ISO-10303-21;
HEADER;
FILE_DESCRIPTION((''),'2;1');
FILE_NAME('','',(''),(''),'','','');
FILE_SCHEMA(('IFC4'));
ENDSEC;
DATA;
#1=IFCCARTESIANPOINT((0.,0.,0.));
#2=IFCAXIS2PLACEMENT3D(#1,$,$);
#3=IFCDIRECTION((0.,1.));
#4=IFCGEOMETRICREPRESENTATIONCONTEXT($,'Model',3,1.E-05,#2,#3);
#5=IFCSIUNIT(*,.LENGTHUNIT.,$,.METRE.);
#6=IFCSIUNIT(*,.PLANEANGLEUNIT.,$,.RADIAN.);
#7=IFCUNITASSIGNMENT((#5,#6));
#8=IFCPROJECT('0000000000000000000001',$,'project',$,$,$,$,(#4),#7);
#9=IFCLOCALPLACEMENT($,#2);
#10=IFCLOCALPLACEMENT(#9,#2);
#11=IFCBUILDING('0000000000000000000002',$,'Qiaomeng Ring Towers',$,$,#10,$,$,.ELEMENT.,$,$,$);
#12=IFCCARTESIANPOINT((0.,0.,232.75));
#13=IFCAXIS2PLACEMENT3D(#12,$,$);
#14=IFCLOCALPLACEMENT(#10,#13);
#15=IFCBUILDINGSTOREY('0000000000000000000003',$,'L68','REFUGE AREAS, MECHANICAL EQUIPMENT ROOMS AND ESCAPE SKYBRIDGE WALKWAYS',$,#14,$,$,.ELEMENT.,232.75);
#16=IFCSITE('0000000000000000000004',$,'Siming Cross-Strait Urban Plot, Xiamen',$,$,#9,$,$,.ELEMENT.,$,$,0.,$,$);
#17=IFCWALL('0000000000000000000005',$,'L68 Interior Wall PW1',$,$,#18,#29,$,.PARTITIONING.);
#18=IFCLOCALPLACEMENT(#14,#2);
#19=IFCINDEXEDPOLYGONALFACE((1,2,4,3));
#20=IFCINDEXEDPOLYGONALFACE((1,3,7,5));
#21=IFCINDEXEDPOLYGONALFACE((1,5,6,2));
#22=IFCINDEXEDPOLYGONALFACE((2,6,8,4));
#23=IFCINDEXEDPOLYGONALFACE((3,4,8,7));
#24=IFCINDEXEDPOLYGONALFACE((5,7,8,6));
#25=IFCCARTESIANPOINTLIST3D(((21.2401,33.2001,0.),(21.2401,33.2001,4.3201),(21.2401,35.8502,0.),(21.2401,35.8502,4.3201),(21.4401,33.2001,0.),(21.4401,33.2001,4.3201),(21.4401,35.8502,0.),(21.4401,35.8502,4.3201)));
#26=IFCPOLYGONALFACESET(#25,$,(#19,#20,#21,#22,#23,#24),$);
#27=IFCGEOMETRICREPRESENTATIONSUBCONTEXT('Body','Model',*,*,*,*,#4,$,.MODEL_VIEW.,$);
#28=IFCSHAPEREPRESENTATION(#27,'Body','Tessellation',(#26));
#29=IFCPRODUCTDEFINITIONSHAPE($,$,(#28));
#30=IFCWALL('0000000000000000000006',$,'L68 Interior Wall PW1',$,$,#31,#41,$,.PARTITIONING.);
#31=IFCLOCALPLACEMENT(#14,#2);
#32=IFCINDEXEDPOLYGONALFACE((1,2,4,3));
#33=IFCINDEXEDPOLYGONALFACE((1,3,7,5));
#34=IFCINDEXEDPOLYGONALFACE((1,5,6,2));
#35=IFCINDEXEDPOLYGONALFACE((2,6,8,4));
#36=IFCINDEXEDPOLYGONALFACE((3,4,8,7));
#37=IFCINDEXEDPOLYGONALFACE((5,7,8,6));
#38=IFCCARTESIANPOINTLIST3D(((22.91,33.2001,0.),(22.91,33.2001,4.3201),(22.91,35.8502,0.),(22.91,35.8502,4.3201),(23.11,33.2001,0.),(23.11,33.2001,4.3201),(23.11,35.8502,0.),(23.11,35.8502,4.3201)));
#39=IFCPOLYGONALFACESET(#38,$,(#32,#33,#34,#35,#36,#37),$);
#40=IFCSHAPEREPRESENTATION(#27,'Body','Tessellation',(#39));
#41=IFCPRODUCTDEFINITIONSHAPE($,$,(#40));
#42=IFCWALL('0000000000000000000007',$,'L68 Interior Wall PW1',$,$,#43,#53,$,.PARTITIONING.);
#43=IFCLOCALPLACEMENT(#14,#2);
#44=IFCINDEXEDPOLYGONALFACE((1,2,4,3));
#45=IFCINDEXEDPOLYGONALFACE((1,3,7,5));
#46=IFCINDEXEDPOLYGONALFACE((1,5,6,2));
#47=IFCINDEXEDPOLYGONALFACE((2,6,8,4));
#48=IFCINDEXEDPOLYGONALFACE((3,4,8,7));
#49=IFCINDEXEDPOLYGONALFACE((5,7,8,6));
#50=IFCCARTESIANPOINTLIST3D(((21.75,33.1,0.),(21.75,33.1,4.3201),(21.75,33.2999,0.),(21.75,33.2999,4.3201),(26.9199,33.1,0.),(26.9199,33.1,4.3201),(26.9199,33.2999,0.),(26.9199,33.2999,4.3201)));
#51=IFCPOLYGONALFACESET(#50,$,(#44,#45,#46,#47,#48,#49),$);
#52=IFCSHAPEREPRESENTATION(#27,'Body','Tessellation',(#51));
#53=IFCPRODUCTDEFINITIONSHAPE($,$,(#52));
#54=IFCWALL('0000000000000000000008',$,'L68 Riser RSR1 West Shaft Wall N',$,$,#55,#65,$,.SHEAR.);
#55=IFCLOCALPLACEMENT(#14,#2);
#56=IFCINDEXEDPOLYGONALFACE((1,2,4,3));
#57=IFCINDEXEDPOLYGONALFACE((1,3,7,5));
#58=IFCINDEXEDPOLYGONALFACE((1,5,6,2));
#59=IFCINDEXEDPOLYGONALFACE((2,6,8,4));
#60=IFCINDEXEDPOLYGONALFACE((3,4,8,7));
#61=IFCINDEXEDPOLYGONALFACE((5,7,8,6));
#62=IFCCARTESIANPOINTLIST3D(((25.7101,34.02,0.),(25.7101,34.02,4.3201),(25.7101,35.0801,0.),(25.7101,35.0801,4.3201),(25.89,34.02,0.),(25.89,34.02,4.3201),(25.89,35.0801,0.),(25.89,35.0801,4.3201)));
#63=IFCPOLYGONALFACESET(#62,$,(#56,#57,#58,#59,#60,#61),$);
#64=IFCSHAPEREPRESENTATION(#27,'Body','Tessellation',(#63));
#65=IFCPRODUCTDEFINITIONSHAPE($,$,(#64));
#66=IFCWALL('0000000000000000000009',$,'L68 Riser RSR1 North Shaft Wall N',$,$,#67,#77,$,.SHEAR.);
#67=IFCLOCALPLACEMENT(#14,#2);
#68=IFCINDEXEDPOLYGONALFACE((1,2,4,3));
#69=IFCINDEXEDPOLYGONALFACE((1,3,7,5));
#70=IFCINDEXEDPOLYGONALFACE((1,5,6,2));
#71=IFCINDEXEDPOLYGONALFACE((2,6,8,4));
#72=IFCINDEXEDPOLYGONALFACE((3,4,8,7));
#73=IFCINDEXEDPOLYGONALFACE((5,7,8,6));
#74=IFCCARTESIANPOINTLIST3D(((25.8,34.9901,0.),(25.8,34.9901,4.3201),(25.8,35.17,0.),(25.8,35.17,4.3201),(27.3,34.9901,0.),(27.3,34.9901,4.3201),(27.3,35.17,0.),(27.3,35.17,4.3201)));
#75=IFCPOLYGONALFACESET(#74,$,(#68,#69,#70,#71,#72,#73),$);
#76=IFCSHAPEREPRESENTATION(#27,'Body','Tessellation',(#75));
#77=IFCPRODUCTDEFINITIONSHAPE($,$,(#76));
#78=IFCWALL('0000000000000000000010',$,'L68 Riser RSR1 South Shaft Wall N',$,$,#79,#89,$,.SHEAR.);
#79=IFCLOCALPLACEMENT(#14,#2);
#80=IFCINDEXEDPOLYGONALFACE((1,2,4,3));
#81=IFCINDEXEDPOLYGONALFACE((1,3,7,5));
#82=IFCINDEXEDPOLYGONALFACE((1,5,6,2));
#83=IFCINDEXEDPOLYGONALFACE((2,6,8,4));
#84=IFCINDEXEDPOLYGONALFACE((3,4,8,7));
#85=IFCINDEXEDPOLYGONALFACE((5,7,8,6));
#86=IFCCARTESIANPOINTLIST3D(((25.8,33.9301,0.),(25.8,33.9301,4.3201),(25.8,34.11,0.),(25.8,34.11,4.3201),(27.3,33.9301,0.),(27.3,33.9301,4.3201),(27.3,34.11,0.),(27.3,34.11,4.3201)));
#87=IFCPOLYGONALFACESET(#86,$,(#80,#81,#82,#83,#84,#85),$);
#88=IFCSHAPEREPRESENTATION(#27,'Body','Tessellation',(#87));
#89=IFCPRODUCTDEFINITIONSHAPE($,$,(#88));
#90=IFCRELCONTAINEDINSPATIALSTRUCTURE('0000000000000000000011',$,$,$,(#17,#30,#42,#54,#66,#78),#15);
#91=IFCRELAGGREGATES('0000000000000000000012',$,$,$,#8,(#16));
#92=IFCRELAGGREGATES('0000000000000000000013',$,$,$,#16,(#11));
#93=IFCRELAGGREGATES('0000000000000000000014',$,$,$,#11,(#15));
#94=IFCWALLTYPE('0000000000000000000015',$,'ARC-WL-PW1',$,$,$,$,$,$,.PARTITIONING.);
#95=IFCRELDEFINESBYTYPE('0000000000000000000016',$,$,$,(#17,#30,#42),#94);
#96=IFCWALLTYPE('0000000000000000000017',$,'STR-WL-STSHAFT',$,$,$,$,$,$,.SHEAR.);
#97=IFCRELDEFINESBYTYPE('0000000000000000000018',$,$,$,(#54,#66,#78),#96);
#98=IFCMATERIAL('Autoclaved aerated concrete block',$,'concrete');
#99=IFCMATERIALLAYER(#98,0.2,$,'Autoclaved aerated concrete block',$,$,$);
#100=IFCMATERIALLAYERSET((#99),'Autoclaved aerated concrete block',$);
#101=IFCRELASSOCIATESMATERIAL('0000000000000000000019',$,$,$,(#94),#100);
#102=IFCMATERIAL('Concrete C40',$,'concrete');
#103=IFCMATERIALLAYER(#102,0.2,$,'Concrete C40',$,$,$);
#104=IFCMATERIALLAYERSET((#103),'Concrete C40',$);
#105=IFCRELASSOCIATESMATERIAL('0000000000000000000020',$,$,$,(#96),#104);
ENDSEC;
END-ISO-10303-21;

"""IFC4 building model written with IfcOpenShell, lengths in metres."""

from ifc_helpers import new_model, si_unit, direction, frame, frame_2d, origin, place, context, subcontext, project, spatial, rectangle, extrude, material, layer, layer_set, type_object, element, save


model = new_model("IFC4")

# Units and contexts
model_context = context("Model", 3, precision=1e-05, world=origin(), true_north=direction((0.0, 1.0)))
body_context = subcontext(model_context, "Body", "Model", "MODEL_VIEW")
ifc_project = project(units=[si_unit("LENGTHUNIT", "METRE"), si_unit("PLANEANGLEUNIT", "RADIAN")], contexts=[model_context])

# Site, building, storey
site_placement = place(None, origin())
site = spatial("IfcSite", under=ifc_project, at=site_placement, Name="Siming Cross-Strait Urban Plot, Xiamen", CompositionType="ELEMENT", RefElevation=0.0)
building_placement = place(site_placement, origin())
building = spatial("IfcBuilding", under=site, at=building_placement, Name="Qiaomeng Ring Towers", CompositionType="ELEMENT")
storey_placement = place(building_placement, frame((0.0, 0.0, 232.75)))
storey = spatial("IfcBuildingStorey", under=building, at=storey_placement, Name="L68", Description="REFUGE AREAS, MECHANICAL EQUIPMENT ROOMS AND ESCAPE SKYBRIDGE WALKWAYS", CompositionType="ELEMENT", Elevation=232.75)

# Shared definitions
ifc_material_1 = material(Name="Concrete C40", Category="concrete")

# Walls
ifc_material_2 = material(Name="Autoclaved aerated concrete block", Category="concrete")
ifc_layer_1 = layer(ifc_material_2, 0.2, Name="Autoclaved aerated concrete block")
ifc_layer_set_1 = layer_set([ifc_layer_1], Name="Autoclaved aerated concrete block")
wall_type_1 = type_object("IfcWallType", Name="ARC-WL-PW1", PredefinedType="PARTITIONING", material=ifc_layer_set_1)
for number, where, z_axis, x_axis, name in (
    (1, (21.3401, 33.2, 0.0), (0.0, 0.0, 1.0), (0.0, 1.0, 0.0), "L68 Interior Wall PW1"),
    (2, (23.01, 33.2, 0.0), (0.0, 0.0, 1.0), (0.0, 1.0, 0.0), "L68 Interior Wall PW1"),
):
    element("IfcWall", number, at=place(storey_placement, frame(where, z_axis=z_axis, x_axis=x_axis)), inside=storey, type_object=wall_type_1, Name=name, PredefinedType="PARTITIONING", context=body_context, shape_type="SweptSolid", body=[
        extrude(rectangle(XDim=2.6501, YDim=0.2, at=frame_2d((1.3252, 0.0))), origin(), (0.0, 0.0, 1.0), 4.3201),
    ])
wall_1_placement = place(storey_placement, frame((21.75, 33.2, 0.0), z_axis=(0.0, 0.0, 1.0), x_axis=(1.0, 0.0, 0.0)))
element("IfcWall", 3, at=wall_1_placement, inside=storey, type_object=wall_type_1, Name="L68 Interior Wall PW1", PredefinedType="PARTITIONING", context=body_context, shape_type="SweptSolid", body=[
    extrude(rectangle(XDim=5.1699, YDim=0.2, at=frame_2d((2.585, 0.0))), origin(), (0.0, 0.0, 1.0), 4.3201),
])
ifc_layer_2 = layer(ifc_material_1, 0.2, Name="Concrete C40")
ifc_layer_set_2 = layer_set([ifc_layer_2], Name="Concrete C40")
wall_type_2 = type_object("IfcWallType", Name="STR-WL-STSHAFT", PredefinedType="SHEAR", material=ifc_layer_set_2)
wall_2_placement = place(storey_placement, frame((25.8, 34.02, 0.0), z_axis=(0.0, 0.0, 1.0), x_axis=(0.0, 1.0, 0.0)))
element("IfcWall", 4, at=wall_2_placement, inside=storey, type_object=wall_type_2, Name="L68 Riser RSR1 West Shaft Wall N", PredefinedType="SHEAR", context=body_context, shape_type="SweptSolid", body=[
    extrude(rectangle(XDim=1.0601, YDim=0.1799, at=frame_2d((0.53, 0.0))), origin(), (0.0, 0.0, 1.0), 4.3201),
])
for number, where, z_axis, x_axis, name in (
    (5, (25.8, 35.0801, 0.0), (0.0, 0.0, 1.0), (1.0, 0.0, 0.0), "L68 Riser RSR1 North Shaft Wall N"),
    (6, (25.8, 34.02, 0.0), (0.0, 0.0, 1.0), (1.0, 0.0, 0.0), "L68 Riser RSR1 South Shaft Wall N"),
):
    element("IfcWall", number, at=place(storey_placement, frame(where, z_axis=z_axis, x_axis=x_axis)), inside=storey, type_object=wall_type_2, Name=name, PredefinedType="SHEAR", context=body_context, shape_type="SweptSolid", body=[
        extrude(rectangle(XDim=1.5, YDim=0.1799, at=frame_2d((0.75, 0.0))), origin(), (0.0, 0.0, 1.0), 4.3201),
    ])

save(model, "model.ifc")
